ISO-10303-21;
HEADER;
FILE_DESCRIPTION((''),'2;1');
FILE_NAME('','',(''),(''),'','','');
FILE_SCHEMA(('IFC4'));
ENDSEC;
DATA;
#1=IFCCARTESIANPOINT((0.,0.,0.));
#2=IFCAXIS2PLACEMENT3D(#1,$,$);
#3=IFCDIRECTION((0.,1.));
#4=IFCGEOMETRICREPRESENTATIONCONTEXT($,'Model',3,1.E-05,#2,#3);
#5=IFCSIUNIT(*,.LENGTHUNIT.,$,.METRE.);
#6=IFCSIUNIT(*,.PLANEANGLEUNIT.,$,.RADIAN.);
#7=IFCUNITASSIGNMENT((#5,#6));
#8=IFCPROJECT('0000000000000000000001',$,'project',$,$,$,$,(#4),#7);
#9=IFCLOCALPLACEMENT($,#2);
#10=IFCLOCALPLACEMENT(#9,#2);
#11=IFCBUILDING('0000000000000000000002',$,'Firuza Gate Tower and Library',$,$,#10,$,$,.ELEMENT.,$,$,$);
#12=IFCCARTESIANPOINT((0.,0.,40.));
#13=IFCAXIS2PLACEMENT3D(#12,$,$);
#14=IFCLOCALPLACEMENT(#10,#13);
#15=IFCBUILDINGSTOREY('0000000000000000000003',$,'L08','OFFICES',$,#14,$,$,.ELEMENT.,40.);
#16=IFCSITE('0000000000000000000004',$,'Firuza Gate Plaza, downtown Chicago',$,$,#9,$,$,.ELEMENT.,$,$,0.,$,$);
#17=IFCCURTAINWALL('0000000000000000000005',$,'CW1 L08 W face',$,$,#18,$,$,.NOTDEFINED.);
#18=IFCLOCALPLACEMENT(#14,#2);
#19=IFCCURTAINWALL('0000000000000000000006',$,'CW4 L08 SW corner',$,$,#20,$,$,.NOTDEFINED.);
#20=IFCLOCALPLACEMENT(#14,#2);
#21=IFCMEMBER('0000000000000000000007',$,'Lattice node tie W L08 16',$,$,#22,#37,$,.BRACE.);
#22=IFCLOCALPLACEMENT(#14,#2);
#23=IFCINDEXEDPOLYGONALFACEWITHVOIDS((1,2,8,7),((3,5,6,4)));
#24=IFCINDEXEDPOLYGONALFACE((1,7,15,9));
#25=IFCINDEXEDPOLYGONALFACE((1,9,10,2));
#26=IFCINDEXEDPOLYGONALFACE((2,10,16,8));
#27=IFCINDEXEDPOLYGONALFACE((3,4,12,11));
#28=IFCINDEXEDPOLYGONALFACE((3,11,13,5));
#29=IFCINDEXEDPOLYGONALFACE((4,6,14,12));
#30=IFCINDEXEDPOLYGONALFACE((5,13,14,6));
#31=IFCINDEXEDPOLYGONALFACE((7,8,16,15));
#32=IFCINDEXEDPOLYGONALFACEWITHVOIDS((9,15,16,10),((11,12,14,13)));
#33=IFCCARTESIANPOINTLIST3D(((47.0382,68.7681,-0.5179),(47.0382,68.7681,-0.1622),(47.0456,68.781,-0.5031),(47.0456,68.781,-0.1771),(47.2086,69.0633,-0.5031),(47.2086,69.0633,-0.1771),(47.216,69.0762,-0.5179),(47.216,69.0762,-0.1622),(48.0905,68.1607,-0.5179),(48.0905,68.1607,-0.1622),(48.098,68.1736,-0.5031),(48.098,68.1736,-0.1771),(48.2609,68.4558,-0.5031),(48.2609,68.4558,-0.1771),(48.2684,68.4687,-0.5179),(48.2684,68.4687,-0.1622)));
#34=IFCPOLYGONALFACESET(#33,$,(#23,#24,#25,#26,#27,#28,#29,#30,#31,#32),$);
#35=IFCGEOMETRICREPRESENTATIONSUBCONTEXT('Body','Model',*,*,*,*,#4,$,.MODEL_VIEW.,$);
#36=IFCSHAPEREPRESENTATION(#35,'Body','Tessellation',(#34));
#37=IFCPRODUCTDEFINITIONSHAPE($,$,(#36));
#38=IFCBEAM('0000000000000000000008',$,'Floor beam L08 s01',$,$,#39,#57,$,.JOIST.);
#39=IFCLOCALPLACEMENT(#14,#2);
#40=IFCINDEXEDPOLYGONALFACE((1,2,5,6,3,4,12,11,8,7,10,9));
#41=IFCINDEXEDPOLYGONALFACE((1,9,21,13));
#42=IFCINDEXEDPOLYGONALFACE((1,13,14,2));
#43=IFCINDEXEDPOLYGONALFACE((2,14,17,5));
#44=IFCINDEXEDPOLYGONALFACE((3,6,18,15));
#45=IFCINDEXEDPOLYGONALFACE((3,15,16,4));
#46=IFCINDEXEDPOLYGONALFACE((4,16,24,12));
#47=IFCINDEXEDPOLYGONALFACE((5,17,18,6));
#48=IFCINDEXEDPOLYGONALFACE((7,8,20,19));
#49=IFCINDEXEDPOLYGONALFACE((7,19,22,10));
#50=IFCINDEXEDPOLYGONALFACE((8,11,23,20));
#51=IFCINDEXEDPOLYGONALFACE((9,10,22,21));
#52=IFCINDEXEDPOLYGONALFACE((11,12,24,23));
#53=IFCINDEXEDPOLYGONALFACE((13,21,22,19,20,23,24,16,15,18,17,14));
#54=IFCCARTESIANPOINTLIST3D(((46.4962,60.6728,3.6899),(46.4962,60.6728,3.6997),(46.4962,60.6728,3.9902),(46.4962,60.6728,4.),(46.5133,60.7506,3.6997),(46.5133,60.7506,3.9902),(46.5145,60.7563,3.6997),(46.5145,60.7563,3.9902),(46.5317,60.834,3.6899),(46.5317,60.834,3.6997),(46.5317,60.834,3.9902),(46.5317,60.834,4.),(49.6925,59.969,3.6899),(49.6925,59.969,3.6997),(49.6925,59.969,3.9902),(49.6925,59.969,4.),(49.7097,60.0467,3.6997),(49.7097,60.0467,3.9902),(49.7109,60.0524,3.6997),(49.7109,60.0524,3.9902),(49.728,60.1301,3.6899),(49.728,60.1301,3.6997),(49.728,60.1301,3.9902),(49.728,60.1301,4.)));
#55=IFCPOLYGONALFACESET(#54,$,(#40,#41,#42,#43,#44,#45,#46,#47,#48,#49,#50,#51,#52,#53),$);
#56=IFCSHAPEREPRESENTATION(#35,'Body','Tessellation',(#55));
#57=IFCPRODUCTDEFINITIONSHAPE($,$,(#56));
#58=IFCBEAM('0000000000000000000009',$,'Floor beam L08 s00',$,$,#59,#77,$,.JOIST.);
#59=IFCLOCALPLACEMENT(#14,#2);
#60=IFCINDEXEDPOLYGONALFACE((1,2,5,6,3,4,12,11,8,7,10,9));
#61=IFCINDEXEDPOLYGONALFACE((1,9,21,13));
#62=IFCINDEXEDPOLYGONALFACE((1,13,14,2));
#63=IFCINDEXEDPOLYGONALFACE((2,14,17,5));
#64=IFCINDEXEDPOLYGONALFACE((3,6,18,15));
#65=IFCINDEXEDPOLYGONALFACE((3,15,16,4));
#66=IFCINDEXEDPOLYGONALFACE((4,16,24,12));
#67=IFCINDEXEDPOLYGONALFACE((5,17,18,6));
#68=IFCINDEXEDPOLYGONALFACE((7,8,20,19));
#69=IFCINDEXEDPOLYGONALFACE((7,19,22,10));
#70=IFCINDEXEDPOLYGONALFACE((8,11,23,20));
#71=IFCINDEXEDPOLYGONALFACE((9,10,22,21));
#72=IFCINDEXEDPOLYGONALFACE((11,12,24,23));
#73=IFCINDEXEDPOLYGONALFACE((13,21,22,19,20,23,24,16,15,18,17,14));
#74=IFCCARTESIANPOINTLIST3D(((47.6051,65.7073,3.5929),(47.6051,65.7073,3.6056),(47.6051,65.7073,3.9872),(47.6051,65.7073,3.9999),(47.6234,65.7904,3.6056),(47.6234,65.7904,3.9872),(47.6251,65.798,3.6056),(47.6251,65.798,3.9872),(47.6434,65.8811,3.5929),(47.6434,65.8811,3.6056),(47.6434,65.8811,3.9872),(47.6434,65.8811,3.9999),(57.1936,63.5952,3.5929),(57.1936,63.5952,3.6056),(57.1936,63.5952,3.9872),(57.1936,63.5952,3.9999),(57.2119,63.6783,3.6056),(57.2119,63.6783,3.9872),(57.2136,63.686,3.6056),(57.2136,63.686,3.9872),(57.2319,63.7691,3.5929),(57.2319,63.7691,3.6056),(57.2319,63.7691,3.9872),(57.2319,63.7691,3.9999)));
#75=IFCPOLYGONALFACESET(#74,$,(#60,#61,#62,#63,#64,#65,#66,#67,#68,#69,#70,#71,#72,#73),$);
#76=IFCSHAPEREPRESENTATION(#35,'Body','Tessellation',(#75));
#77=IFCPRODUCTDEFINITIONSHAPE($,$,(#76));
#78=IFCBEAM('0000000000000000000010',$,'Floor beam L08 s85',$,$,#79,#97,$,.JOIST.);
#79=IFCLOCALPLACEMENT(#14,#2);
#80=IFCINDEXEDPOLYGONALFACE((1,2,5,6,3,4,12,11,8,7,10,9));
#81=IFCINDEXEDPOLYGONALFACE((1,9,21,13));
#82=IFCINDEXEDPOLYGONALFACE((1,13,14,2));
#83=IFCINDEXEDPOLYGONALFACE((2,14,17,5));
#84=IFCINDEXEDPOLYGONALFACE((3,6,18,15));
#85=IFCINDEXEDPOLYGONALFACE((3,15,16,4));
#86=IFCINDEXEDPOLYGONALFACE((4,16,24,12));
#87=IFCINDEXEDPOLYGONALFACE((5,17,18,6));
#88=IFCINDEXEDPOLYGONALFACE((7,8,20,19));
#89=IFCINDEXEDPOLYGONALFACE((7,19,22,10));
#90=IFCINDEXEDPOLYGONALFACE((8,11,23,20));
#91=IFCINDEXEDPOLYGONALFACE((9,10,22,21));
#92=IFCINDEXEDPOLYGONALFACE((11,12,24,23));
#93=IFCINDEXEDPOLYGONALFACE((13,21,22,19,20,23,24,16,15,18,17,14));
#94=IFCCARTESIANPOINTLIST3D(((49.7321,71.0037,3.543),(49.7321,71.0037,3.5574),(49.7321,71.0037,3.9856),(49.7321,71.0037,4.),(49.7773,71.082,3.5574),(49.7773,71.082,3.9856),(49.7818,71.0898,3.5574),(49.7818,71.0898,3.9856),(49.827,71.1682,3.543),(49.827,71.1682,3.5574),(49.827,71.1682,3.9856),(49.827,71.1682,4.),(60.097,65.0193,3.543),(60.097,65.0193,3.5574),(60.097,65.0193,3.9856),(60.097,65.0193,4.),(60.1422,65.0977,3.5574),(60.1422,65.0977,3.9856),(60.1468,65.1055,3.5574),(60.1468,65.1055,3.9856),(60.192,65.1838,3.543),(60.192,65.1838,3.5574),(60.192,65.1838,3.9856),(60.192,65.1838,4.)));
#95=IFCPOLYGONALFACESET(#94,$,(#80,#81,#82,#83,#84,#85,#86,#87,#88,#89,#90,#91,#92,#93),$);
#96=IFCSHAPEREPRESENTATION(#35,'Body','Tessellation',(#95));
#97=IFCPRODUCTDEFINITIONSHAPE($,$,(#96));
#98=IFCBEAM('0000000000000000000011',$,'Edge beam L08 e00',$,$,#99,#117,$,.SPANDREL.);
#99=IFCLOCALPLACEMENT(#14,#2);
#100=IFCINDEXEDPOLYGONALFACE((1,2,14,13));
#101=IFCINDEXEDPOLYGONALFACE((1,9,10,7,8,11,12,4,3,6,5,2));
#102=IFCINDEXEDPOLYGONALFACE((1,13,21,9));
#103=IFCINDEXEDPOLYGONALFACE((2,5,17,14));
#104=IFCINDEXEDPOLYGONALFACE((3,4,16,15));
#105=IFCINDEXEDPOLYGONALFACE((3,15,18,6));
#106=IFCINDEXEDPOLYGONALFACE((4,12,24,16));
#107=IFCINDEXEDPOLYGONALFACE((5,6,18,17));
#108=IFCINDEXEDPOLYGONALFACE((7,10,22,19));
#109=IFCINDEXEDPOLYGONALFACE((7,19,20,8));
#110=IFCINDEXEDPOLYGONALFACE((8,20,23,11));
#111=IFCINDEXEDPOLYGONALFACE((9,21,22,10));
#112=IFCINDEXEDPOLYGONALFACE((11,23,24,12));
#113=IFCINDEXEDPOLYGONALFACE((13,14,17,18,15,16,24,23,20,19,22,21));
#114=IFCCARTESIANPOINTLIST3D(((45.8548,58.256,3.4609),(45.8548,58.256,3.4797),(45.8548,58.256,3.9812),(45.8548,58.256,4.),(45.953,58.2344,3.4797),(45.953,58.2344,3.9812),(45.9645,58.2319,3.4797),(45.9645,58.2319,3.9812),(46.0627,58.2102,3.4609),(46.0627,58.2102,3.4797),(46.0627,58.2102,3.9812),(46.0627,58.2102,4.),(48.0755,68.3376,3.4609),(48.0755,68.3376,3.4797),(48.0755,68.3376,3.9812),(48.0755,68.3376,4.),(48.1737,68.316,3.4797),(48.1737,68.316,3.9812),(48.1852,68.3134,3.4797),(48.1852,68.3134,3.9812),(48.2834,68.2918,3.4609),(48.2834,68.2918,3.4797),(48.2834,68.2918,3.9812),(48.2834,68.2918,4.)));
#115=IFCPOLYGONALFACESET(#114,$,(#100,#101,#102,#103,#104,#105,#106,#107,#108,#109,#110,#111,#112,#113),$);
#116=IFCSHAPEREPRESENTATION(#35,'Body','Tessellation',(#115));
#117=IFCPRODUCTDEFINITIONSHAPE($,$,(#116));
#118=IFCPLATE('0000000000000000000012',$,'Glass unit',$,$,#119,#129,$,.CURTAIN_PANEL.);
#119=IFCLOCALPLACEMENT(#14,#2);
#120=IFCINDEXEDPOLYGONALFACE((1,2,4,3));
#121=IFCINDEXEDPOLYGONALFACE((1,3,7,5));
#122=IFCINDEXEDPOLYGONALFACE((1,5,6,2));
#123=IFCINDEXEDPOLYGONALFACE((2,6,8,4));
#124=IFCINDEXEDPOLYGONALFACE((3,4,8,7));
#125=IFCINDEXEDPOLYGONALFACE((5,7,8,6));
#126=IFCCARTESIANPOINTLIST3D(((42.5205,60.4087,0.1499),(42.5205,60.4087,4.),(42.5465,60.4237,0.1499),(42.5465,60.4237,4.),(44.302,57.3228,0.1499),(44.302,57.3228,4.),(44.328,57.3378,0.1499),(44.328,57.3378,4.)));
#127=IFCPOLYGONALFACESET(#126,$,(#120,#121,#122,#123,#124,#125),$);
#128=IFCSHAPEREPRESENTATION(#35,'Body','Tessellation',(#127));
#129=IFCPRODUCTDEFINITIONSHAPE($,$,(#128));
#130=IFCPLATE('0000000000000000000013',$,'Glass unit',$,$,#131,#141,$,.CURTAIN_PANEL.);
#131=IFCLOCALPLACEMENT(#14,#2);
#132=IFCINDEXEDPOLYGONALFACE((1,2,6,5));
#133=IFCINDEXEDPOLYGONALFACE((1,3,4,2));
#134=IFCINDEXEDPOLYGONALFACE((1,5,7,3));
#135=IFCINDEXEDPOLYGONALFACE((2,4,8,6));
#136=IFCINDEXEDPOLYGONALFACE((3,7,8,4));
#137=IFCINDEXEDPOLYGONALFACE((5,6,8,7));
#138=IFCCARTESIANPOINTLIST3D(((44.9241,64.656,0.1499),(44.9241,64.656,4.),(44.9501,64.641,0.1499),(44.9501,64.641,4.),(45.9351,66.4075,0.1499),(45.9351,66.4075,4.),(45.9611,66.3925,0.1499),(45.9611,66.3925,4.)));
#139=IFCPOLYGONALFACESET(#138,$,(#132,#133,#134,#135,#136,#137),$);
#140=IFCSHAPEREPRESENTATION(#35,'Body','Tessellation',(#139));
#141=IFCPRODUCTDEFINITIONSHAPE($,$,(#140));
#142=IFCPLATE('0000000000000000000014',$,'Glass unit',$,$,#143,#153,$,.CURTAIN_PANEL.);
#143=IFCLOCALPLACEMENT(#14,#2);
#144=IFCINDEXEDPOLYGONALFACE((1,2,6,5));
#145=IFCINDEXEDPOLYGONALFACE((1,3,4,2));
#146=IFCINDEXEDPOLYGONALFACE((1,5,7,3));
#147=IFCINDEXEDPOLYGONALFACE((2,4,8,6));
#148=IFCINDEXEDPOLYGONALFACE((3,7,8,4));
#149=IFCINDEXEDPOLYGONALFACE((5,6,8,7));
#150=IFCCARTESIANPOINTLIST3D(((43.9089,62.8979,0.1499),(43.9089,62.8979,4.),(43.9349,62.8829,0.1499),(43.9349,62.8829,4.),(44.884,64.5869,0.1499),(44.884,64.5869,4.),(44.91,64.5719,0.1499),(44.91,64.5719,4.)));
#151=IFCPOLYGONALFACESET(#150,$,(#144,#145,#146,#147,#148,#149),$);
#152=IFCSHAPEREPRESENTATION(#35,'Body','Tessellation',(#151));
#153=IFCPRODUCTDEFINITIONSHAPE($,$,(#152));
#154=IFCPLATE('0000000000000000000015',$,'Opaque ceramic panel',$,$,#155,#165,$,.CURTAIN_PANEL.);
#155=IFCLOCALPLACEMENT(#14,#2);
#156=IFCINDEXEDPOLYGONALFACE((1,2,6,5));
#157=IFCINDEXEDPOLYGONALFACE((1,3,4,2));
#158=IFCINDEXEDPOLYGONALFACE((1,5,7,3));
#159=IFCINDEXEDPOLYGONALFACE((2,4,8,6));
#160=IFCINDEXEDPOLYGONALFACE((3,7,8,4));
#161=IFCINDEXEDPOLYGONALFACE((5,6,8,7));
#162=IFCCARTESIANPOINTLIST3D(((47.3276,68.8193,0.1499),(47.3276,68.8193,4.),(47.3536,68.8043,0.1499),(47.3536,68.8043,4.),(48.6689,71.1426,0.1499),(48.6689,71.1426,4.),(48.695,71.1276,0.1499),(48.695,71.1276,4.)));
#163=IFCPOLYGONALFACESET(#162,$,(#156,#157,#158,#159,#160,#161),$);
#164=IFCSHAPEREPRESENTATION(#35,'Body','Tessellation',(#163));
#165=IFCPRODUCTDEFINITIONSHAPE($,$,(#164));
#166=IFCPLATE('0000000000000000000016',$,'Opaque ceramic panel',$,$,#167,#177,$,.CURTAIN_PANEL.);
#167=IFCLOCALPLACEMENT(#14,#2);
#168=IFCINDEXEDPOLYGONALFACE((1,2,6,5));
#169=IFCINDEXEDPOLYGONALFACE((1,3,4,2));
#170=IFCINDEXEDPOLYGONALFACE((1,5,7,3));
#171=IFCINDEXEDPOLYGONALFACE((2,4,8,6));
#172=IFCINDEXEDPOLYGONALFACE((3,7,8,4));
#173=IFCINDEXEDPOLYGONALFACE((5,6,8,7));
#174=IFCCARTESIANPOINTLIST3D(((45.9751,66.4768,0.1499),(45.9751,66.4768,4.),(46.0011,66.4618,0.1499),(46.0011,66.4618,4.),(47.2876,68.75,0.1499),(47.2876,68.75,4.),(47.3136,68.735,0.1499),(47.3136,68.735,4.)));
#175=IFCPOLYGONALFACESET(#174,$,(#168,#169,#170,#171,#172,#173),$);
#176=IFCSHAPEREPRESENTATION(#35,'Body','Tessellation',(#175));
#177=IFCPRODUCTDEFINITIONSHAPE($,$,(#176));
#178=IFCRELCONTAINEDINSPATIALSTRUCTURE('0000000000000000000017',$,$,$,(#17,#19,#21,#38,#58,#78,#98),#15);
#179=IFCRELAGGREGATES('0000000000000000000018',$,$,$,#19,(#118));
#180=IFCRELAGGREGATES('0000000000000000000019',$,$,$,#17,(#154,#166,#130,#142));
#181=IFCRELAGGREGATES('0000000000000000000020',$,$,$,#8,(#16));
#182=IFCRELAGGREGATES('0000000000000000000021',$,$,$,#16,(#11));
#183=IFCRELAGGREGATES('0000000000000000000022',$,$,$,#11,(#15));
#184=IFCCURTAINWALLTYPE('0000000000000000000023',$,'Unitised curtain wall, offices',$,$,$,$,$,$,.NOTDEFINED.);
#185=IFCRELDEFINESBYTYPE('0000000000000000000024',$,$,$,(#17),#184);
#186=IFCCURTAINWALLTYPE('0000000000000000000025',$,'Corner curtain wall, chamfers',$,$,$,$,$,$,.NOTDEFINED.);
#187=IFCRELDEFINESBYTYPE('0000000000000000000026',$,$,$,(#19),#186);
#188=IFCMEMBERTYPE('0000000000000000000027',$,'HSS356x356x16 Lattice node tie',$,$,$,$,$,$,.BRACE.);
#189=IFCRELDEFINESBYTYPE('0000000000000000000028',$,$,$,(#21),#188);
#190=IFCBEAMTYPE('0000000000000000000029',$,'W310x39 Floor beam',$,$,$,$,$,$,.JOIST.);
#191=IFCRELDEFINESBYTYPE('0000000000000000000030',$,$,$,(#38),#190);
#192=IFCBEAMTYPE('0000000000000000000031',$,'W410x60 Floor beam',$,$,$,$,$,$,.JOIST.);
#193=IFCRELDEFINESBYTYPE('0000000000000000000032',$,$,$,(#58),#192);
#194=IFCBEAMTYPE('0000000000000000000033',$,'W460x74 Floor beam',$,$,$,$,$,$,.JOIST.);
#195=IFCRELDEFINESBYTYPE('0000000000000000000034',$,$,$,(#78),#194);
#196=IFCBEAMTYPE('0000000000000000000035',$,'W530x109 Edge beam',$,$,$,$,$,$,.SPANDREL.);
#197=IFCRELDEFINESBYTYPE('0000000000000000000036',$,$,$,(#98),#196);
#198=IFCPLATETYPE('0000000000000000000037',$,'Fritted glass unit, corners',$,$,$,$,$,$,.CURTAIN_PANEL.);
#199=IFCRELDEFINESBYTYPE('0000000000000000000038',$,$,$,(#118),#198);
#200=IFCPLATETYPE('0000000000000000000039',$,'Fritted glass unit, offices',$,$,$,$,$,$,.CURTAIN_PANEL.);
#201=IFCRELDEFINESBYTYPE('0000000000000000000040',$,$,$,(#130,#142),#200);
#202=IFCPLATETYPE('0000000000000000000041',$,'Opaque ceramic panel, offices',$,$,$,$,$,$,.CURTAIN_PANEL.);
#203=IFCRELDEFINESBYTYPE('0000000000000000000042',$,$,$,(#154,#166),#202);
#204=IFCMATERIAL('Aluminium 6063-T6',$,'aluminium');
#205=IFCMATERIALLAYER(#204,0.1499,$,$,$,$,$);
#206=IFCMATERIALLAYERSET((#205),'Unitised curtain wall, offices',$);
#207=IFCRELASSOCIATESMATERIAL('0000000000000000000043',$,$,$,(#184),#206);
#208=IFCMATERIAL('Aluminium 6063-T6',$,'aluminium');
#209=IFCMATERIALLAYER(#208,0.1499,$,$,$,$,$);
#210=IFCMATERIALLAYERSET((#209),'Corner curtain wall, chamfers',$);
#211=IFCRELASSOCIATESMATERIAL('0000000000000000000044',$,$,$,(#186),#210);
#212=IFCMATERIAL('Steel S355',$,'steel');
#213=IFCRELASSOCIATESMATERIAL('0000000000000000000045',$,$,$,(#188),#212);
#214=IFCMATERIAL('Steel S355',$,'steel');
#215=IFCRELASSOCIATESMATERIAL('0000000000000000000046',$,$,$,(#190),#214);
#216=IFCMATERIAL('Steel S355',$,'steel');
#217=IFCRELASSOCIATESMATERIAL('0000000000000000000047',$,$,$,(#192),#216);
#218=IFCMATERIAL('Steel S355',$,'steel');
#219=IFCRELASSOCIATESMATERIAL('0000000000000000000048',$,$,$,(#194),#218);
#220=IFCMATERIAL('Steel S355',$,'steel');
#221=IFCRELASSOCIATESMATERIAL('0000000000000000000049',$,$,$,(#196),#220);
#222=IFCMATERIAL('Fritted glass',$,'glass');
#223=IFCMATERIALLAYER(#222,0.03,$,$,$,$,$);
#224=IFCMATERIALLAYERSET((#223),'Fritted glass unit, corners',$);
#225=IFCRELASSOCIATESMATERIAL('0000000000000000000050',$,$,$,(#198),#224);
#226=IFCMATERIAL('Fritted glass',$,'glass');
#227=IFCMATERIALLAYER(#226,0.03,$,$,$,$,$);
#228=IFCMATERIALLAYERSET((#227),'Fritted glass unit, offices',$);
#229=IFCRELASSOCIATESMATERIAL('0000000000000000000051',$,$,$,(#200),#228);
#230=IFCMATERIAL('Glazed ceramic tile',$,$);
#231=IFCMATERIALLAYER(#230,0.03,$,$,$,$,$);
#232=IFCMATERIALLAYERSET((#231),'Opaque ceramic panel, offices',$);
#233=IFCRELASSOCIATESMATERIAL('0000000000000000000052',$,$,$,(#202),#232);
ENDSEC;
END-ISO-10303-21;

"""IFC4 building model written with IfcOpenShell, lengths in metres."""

from ifc_helpers import new_model, si_unit, direction, frame, origin, origin_2d, place, context, subcontext, project, spatial, polyline, hollow_rectangle, i_section, outline, extrude, material, layer, layer_set, material_profile, profile_set, type_object, element, aggregate, save


model = new_model("IFC4")

# Units and contexts
model_context = context("Model", 3, precision=1e-05, world=origin(), true_north=direction((0.0, 1.0)))
body_context = subcontext(model_context, "Body", "Model", "MODEL_VIEW")
ifc_project = project(units=[si_unit("LENGTHUNIT", "METRE"), si_unit("PLANEANGLEUNIT", "RADIAN")], contexts=[model_context])

# Site, building, storey
site_placement = place(None, origin())
site = spatial("IfcSite", under=ifc_project, at=site_placement, Name="Firuza Gate Plaza, downtown Chicago", CompositionType="ELEMENT", RefElevation=0.0)
building_placement = place(site_placement, origin())
building = spatial("IfcBuilding", under=site, at=building_placement, Name="Firuza Gate Tower and Library", CompositionType="ELEMENT")
storey_placement = place(building_placement, frame((0.0, 0.0, 40.0)))
storey = spatial("IfcBuildingStorey", under=building, at=storey_placement, Name="L08", Description="OFFICES", CompositionType="ELEMENT", Elevation=40.0)

# Curtain walls
ifc_material_1 = material(Name="Aluminium 6063-T6", Category="aluminium")
ifc_layer_1 = layer(ifc_material_1, 0.1499)
ifc_layer_set_1 = layer_set([ifc_layer_1], Name="Unitised curtain wall, offices")
curtain_wall_type_1 = type_object("IfcCurtainWallType", Name="Unitised curtain wall, offices", PredefinedType="NOTDEFINED", material=ifc_layer_set_1)
placement = place(storey_placement, origin())
curtain_wall_1 = element("IfcCurtainWall", 1, at=placement, inside=storey, type_object=curtain_wall_type_1, Name="CW1 L08 W face", PredefinedType="NOTDEFINED")
ifc_material_2 = material(Name="Aluminium 6063-T6", Category="aluminium")
ifc_layer_2 = layer(ifc_material_2, 0.1499)
ifc_layer_set_2 = layer_set([ifc_layer_2], Name="Corner curtain wall, chamfers")
curtain_wall_type_2 = type_object("IfcCurtainWallType", Name="Corner curtain wall, chamfers", PredefinedType="NOTDEFINED", material=ifc_layer_set_2)
curtain_wall_2 = element("IfcCurtainWall", 2, at=placement, inside=storey, type_object=curtain_wall_type_2, Name="CW4 L08 SW corner", PredefinedType="NOTDEFINED")

# Member
ifc_material_3 = material(Name="Steel S355", Category="steel")
ifc_material_profile_1 = material_profile(ifc_material_3, hollow_rectangle(XDim=0.3557, YDim=0.3557, WallThickness=0.0149, at=origin_2d()))
ifc_profile_set_1 = profile_set([ifc_material_profile_1], Name="Steel S355")
member_type_1 = type_object("IfcMemberType", Name="HSS356x356x16 Lattice node tie", PredefinedType="BRACE", material=ifc_profile_set_1)
member_1_placement = place(storey_placement, frame((48.1794, 68.3147, -0.3401), z_axis=(-0.866058, 0.499943, 0.0), x_axis=(-0.499943, -0.866058, 0.0)))
element("IfcMember", 3, at=member_1_placement, inside=storey, type_object=member_type_1, Name="Lattice node tie W L08 16", PredefinedType="BRACE", context=body_context, shape_type="SweptSolid", body=[
    extrude(hollow_rectangle(XDim=0.3557, YDim=0.3557, WallThickness=0.0149, at=origin_2d()), origin(), (0.0, 0.0, 1.0), 1.2151),
])

# Beams
ifc_material_4 = material(Name="Steel S355", Category="steel")
ifc_material_profile_2 = material_profile(ifc_material_4, i_section(OverallWidth=0.165, OverallDepth=0.3101, WebThickness=0.0059, FlangeThickness=0.0098, at=origin_2d()))
ifc_profile_set_2 = profile_set([ifc_material_profile_2], Name="Steel S355")
beam_type_1 = type_object("IfcBeamType", Name="W310x39 Floor beam", PredefinedType="JOIST", material=ifc_profile_set_2)
beam_1_placement = place(storey_placement, frame((46.5139, 60.7534, 3.845), z_axis=(0.976601, -0.215058, 0.0), x_axis=(0.215058, 0.976601, 0.0)))
element("IfcBeam", 4, at=beam_1_placement, inside=storey, type_object=beam_type_1, Name="Floor beam L08 s01", PredefinedType="JOIST", context=body_context, shape_type="SweptSolid", body=[
    extrude(i_section(OverallWidth=0.165, OverallDepth=0.3101, WebThickness=0.0059, FlangeThickness=0.0098, at=origin_2d()), origin(), (0.0, 0.0, 1.0), 3.2729),
])
ifc_material_5 = material(Name="Steel S355", Category="steel")
ifc_material_profile_3 = material_profile(ifc_material_5, i_section(OverallWidth=0.178, OverallDepth=0.407, WebThickness=0.0078, FlangeThickness=0.0127, at=origin_2d()))
ifc_profile_set_3 = profile_set([ifc_material_profile_3], Name="Steel S355")
beam_type_2 = type_object("IfcBeamType", Name="W410x60 Floor beam", PredefinedType="JOIST", material=ifc_profile_set_3)
beam_2_placement = place(storey_placement, frame((47.6243, 65.7942, 3.7964), z_axis=(0.97659, -0.215111, 0.0), x_axis=(0.215111, 0.97659, 0.0)))
element("IfcBeam", 5, at=beam_2_placement, inside=storey, type_object=beam_type_2, Name="Floor beam L08 s00", PredefinedType="JOIST", context=body_context, shape_type="SweptSolid", body=[
    extrude(i_section(OverallWidth=0.178, OverallDepth=0.407, WebThickness=0.0078, FlangeThickness=0.0127, at=origin_2d()), origin(), (0.0, 0.0, 1.0), 9.8184),
])
ifc_material_6 = material(Name="Steel S355", Category="steel")
ifc_material_profile_4 = material_profile(ifc_material_6, i_section(OverallWidth=0.1899, OverallDepth=0.457, WebThickness=0.009, FlangeThickness=0.0144, at=origin_2d()))
ifc_profile_set_4 = profile_set([ifc_material_profile_4], Name="Steel S355")
beam_type_3 = type_object("IfcBeamType", Name="W460x74 Floor beam", PredefinedType="JOIST", material=ifc_profile_set_4)
beam_3_placement = place(storey_placement, frame((49.7795, 71.0859, 3.7715), z_axis=(0.86602, -0.500009, 0.0), x_axis=(0.500009, 0.86602, 0.0)))
element("IfcBeam", 6, at=beam_3_placement, inside=storey, type_object=beam_type_3, Name="Floor beam L08 s85", PredefinedType="JOIST", context=body_context, shape_type="SweptSolid", body=[
    extrude(i_section(OverallWidth=0.1899, OverallDepth=0.457, WebThickness=0.009, FlangeThickness=0.0144, at=origin_2d()), origin(), (0.0, 0.0, 1.0), 11.9685),
])
ifc_material_7 = material(Name="Steel S355", Category="steel")
ifc_material_profile_5 = material_profile(ifc_material_7, i_section(OverallWidth=0.2129, OverallDepth=0.5391, WebThickness=0.0117, FlangeThickness=0.0188, at=origin_2d()))
ifc_profile_set_5 = profile_set([ifc_material_profile_5], Name="Steel S355")
beam_type_4 = type_object("IfcBeamType", Name="W530x109 Edge beam", PredefinedType="SPANDREL", material=ifc_profile_set_5)
beam_4_placement = place(storey_placement, frame((48.1794, 68.3147, 3.7305), z_axis=(-0.215117, -0.976588, 0.0), x_axis=(0.976588, -0.215117, 0.0)))
element("IfcBeam", 7, at=beam_4_placement, inside=storey, type_object=beam_type_4, Name="Edge beam L08 e00", PredefinedType="SPANDREL", context=body_context, shape_type="SweptSolid", body=[
    extrude(i_section(OverallWidth=0.2129, OverallDepth=0.5391, WebThickness=0.0117, FlangeThickness=0.0188, at=origin_2d()), origin(), (0.0, 0.0, 1.0), 10.3232),
])

# Plates
ifc_material_8 = material(Name="Fritted glass", Category="glass")
ifc_layer_3 = layer(ifc_material_8, 0.03)
ifc_layer_set_3 = layer_set([ifc_layer_3], Name="Fritted glass unit, corners")
plate_type_1 = type_object("IfcPlateType", Name="Fritted glass unit, corners", PredefinedType="CURTAIN_PANEL", material=ifc_layer_set_3)
plate_1_placement = place(storey_placement, frame((42.5205, 60.4087, 0.1499), z_axis=(-0.866046, -0.499964, 0.0), x_axis=(0.499964, -0.866046, 0.0)))
plate_1 = element("IfcPlate", 8, at=plate_1_placement, type_object=plate_type_1, Name="Glass unit", PredefinedType="CURTAIN_PANEL", context=body_context, shape_type="SweptSolid", body=[
    extrude(outline(polyline([(0.0, 0.0), (3.5632, 0.0), (3.5632, 3.8501), (0.0, 3.8501), (0.0, 0.0)])), origin(), (0.0, 0.0, -1.0), 0.03),
])
aggregate(curtain_wall_2, [plate_1])
ifc_material_9 = material(Name="Fritted glass", Category="glass")
ifc_layer_4 = layer(ifc_material_9, 0.03)
ifc_layer_set_4 = layer_set([ifc_layer_4], Name="Fritted glass unit, offices")
plate_type_2 = type_object("IfcPlateType", Name="Fritted glass unit, offices", PredefinedType="CURTAIN_PANEL", material=ifc_layer_set_4)
plate_2_placement = place(storey_placement, frame((45.9351, 66.4075, 0.1499), z_axis=(-0.866073, 0.499918, 0.0), x_axis=(-0.499918, -0.866073, 0.0)))
plate_2 = element("IfcPlate", 9, at=plate_2_placement, type_object=plate_type_2, Name="Glass unit", PredefinedType="CURTAIN_PANEL", context=body_context, shape_type="SweptSolid", body=[
    extrude(outline(polyline([(0.0, 0.0), (2.0223, 0.0), (2.0223, 3.8501), (0.0, 3.8501), (0.0, 0.0)])), origin(), (0.0, 0.0, -1.0), 0.03),
])
plate_3_placement = place(storey_placement, frame((44.884, 64.5869, 0.1499), z_axis=(-0.866031, 0.49999, 0.0), x_axis=(-0.49999, -0.866031, 0.0)))
plate_3 = element("IfcPlate", 10, at=plate_3_placement, type_object=plate_type_2, Name="Glass unit", PredefinedType="CURTAIN_PANEL", context=body_context, shape_type="SweptSolid", body=[
    extrude(outline(polyline([(0.0, 0.0), (1.9502, 0.0), (1.9502, 3.8501), (0.0, 3.8501), (0.0, 0.0)])), origin(), (0.0, 0.0, -1.0), 0.03),
])
ifc_material_10 = material(Name="Glazed ceramic tile")
ifc_layer_5 = layer(ifc_material_10, 0.03)
ifc_layer_set_5 = layer_set([ifc_layer_5], Name="Opaque ceramic panel, offices")
plate_type_3 = type_object("IfcPlateType", Name="Opaque ceramic panel, offices", PredefinedType="CURTAIN_PANEL", material=ifc_layer_set_5)
plate_4_placement = place(storey_placement, frame((48.6689, 71.1426, 0.1499), z_axis=(-0.866028, 0.499996, 0.0), x_axis=(-0.499996, -0.866028, 0.0)))
plate_4 = element("IfcPlate", 11, at=plate_4_placement, type_object=plate_type_3, Name="Opaque ceramic panel", PredefinedType="CURTAIN_PANEL", context=body_context, shape_type="SweptSolid", body=[
    extrude(outline(polyline([(0.0, 0.0), (2.6826, 0.0), (2.6826, 3.8501), (0.0, 3.8501), (0.0, 0.0)])), origin(), (0.0, 0.0, -1.0), 0.03),
])
plate_5_placement = place(storey_placement, frame((47.2876, 68.75, 0.1499), z_axis=(-0.866014, 0.50002, 0.0), x_axis=(-0.50002, -0.866014, 0.0)))
plate_5 = element("IfcPlate", 12, at=plate_5_placement, type_object=plate_type_3, Name="Opaque ceramic panel", PredefinedType="CURTAIN_PANEL", context=body_context, shape_type="SweptSolid", body=[
    extrude(outline(polyline([(0.0, 0.0), (2.6249, 0.0), (2.6249, 3.8501), (0.0, 3.8501), (0.0, 0.0)])), origin(), (0.0, 0.0, -1.0), 0.03),
])
aggregate(curtain_wall_1, [plate_4, plate_5, plate_2, plate_3])

save(model, "model.ifc")
